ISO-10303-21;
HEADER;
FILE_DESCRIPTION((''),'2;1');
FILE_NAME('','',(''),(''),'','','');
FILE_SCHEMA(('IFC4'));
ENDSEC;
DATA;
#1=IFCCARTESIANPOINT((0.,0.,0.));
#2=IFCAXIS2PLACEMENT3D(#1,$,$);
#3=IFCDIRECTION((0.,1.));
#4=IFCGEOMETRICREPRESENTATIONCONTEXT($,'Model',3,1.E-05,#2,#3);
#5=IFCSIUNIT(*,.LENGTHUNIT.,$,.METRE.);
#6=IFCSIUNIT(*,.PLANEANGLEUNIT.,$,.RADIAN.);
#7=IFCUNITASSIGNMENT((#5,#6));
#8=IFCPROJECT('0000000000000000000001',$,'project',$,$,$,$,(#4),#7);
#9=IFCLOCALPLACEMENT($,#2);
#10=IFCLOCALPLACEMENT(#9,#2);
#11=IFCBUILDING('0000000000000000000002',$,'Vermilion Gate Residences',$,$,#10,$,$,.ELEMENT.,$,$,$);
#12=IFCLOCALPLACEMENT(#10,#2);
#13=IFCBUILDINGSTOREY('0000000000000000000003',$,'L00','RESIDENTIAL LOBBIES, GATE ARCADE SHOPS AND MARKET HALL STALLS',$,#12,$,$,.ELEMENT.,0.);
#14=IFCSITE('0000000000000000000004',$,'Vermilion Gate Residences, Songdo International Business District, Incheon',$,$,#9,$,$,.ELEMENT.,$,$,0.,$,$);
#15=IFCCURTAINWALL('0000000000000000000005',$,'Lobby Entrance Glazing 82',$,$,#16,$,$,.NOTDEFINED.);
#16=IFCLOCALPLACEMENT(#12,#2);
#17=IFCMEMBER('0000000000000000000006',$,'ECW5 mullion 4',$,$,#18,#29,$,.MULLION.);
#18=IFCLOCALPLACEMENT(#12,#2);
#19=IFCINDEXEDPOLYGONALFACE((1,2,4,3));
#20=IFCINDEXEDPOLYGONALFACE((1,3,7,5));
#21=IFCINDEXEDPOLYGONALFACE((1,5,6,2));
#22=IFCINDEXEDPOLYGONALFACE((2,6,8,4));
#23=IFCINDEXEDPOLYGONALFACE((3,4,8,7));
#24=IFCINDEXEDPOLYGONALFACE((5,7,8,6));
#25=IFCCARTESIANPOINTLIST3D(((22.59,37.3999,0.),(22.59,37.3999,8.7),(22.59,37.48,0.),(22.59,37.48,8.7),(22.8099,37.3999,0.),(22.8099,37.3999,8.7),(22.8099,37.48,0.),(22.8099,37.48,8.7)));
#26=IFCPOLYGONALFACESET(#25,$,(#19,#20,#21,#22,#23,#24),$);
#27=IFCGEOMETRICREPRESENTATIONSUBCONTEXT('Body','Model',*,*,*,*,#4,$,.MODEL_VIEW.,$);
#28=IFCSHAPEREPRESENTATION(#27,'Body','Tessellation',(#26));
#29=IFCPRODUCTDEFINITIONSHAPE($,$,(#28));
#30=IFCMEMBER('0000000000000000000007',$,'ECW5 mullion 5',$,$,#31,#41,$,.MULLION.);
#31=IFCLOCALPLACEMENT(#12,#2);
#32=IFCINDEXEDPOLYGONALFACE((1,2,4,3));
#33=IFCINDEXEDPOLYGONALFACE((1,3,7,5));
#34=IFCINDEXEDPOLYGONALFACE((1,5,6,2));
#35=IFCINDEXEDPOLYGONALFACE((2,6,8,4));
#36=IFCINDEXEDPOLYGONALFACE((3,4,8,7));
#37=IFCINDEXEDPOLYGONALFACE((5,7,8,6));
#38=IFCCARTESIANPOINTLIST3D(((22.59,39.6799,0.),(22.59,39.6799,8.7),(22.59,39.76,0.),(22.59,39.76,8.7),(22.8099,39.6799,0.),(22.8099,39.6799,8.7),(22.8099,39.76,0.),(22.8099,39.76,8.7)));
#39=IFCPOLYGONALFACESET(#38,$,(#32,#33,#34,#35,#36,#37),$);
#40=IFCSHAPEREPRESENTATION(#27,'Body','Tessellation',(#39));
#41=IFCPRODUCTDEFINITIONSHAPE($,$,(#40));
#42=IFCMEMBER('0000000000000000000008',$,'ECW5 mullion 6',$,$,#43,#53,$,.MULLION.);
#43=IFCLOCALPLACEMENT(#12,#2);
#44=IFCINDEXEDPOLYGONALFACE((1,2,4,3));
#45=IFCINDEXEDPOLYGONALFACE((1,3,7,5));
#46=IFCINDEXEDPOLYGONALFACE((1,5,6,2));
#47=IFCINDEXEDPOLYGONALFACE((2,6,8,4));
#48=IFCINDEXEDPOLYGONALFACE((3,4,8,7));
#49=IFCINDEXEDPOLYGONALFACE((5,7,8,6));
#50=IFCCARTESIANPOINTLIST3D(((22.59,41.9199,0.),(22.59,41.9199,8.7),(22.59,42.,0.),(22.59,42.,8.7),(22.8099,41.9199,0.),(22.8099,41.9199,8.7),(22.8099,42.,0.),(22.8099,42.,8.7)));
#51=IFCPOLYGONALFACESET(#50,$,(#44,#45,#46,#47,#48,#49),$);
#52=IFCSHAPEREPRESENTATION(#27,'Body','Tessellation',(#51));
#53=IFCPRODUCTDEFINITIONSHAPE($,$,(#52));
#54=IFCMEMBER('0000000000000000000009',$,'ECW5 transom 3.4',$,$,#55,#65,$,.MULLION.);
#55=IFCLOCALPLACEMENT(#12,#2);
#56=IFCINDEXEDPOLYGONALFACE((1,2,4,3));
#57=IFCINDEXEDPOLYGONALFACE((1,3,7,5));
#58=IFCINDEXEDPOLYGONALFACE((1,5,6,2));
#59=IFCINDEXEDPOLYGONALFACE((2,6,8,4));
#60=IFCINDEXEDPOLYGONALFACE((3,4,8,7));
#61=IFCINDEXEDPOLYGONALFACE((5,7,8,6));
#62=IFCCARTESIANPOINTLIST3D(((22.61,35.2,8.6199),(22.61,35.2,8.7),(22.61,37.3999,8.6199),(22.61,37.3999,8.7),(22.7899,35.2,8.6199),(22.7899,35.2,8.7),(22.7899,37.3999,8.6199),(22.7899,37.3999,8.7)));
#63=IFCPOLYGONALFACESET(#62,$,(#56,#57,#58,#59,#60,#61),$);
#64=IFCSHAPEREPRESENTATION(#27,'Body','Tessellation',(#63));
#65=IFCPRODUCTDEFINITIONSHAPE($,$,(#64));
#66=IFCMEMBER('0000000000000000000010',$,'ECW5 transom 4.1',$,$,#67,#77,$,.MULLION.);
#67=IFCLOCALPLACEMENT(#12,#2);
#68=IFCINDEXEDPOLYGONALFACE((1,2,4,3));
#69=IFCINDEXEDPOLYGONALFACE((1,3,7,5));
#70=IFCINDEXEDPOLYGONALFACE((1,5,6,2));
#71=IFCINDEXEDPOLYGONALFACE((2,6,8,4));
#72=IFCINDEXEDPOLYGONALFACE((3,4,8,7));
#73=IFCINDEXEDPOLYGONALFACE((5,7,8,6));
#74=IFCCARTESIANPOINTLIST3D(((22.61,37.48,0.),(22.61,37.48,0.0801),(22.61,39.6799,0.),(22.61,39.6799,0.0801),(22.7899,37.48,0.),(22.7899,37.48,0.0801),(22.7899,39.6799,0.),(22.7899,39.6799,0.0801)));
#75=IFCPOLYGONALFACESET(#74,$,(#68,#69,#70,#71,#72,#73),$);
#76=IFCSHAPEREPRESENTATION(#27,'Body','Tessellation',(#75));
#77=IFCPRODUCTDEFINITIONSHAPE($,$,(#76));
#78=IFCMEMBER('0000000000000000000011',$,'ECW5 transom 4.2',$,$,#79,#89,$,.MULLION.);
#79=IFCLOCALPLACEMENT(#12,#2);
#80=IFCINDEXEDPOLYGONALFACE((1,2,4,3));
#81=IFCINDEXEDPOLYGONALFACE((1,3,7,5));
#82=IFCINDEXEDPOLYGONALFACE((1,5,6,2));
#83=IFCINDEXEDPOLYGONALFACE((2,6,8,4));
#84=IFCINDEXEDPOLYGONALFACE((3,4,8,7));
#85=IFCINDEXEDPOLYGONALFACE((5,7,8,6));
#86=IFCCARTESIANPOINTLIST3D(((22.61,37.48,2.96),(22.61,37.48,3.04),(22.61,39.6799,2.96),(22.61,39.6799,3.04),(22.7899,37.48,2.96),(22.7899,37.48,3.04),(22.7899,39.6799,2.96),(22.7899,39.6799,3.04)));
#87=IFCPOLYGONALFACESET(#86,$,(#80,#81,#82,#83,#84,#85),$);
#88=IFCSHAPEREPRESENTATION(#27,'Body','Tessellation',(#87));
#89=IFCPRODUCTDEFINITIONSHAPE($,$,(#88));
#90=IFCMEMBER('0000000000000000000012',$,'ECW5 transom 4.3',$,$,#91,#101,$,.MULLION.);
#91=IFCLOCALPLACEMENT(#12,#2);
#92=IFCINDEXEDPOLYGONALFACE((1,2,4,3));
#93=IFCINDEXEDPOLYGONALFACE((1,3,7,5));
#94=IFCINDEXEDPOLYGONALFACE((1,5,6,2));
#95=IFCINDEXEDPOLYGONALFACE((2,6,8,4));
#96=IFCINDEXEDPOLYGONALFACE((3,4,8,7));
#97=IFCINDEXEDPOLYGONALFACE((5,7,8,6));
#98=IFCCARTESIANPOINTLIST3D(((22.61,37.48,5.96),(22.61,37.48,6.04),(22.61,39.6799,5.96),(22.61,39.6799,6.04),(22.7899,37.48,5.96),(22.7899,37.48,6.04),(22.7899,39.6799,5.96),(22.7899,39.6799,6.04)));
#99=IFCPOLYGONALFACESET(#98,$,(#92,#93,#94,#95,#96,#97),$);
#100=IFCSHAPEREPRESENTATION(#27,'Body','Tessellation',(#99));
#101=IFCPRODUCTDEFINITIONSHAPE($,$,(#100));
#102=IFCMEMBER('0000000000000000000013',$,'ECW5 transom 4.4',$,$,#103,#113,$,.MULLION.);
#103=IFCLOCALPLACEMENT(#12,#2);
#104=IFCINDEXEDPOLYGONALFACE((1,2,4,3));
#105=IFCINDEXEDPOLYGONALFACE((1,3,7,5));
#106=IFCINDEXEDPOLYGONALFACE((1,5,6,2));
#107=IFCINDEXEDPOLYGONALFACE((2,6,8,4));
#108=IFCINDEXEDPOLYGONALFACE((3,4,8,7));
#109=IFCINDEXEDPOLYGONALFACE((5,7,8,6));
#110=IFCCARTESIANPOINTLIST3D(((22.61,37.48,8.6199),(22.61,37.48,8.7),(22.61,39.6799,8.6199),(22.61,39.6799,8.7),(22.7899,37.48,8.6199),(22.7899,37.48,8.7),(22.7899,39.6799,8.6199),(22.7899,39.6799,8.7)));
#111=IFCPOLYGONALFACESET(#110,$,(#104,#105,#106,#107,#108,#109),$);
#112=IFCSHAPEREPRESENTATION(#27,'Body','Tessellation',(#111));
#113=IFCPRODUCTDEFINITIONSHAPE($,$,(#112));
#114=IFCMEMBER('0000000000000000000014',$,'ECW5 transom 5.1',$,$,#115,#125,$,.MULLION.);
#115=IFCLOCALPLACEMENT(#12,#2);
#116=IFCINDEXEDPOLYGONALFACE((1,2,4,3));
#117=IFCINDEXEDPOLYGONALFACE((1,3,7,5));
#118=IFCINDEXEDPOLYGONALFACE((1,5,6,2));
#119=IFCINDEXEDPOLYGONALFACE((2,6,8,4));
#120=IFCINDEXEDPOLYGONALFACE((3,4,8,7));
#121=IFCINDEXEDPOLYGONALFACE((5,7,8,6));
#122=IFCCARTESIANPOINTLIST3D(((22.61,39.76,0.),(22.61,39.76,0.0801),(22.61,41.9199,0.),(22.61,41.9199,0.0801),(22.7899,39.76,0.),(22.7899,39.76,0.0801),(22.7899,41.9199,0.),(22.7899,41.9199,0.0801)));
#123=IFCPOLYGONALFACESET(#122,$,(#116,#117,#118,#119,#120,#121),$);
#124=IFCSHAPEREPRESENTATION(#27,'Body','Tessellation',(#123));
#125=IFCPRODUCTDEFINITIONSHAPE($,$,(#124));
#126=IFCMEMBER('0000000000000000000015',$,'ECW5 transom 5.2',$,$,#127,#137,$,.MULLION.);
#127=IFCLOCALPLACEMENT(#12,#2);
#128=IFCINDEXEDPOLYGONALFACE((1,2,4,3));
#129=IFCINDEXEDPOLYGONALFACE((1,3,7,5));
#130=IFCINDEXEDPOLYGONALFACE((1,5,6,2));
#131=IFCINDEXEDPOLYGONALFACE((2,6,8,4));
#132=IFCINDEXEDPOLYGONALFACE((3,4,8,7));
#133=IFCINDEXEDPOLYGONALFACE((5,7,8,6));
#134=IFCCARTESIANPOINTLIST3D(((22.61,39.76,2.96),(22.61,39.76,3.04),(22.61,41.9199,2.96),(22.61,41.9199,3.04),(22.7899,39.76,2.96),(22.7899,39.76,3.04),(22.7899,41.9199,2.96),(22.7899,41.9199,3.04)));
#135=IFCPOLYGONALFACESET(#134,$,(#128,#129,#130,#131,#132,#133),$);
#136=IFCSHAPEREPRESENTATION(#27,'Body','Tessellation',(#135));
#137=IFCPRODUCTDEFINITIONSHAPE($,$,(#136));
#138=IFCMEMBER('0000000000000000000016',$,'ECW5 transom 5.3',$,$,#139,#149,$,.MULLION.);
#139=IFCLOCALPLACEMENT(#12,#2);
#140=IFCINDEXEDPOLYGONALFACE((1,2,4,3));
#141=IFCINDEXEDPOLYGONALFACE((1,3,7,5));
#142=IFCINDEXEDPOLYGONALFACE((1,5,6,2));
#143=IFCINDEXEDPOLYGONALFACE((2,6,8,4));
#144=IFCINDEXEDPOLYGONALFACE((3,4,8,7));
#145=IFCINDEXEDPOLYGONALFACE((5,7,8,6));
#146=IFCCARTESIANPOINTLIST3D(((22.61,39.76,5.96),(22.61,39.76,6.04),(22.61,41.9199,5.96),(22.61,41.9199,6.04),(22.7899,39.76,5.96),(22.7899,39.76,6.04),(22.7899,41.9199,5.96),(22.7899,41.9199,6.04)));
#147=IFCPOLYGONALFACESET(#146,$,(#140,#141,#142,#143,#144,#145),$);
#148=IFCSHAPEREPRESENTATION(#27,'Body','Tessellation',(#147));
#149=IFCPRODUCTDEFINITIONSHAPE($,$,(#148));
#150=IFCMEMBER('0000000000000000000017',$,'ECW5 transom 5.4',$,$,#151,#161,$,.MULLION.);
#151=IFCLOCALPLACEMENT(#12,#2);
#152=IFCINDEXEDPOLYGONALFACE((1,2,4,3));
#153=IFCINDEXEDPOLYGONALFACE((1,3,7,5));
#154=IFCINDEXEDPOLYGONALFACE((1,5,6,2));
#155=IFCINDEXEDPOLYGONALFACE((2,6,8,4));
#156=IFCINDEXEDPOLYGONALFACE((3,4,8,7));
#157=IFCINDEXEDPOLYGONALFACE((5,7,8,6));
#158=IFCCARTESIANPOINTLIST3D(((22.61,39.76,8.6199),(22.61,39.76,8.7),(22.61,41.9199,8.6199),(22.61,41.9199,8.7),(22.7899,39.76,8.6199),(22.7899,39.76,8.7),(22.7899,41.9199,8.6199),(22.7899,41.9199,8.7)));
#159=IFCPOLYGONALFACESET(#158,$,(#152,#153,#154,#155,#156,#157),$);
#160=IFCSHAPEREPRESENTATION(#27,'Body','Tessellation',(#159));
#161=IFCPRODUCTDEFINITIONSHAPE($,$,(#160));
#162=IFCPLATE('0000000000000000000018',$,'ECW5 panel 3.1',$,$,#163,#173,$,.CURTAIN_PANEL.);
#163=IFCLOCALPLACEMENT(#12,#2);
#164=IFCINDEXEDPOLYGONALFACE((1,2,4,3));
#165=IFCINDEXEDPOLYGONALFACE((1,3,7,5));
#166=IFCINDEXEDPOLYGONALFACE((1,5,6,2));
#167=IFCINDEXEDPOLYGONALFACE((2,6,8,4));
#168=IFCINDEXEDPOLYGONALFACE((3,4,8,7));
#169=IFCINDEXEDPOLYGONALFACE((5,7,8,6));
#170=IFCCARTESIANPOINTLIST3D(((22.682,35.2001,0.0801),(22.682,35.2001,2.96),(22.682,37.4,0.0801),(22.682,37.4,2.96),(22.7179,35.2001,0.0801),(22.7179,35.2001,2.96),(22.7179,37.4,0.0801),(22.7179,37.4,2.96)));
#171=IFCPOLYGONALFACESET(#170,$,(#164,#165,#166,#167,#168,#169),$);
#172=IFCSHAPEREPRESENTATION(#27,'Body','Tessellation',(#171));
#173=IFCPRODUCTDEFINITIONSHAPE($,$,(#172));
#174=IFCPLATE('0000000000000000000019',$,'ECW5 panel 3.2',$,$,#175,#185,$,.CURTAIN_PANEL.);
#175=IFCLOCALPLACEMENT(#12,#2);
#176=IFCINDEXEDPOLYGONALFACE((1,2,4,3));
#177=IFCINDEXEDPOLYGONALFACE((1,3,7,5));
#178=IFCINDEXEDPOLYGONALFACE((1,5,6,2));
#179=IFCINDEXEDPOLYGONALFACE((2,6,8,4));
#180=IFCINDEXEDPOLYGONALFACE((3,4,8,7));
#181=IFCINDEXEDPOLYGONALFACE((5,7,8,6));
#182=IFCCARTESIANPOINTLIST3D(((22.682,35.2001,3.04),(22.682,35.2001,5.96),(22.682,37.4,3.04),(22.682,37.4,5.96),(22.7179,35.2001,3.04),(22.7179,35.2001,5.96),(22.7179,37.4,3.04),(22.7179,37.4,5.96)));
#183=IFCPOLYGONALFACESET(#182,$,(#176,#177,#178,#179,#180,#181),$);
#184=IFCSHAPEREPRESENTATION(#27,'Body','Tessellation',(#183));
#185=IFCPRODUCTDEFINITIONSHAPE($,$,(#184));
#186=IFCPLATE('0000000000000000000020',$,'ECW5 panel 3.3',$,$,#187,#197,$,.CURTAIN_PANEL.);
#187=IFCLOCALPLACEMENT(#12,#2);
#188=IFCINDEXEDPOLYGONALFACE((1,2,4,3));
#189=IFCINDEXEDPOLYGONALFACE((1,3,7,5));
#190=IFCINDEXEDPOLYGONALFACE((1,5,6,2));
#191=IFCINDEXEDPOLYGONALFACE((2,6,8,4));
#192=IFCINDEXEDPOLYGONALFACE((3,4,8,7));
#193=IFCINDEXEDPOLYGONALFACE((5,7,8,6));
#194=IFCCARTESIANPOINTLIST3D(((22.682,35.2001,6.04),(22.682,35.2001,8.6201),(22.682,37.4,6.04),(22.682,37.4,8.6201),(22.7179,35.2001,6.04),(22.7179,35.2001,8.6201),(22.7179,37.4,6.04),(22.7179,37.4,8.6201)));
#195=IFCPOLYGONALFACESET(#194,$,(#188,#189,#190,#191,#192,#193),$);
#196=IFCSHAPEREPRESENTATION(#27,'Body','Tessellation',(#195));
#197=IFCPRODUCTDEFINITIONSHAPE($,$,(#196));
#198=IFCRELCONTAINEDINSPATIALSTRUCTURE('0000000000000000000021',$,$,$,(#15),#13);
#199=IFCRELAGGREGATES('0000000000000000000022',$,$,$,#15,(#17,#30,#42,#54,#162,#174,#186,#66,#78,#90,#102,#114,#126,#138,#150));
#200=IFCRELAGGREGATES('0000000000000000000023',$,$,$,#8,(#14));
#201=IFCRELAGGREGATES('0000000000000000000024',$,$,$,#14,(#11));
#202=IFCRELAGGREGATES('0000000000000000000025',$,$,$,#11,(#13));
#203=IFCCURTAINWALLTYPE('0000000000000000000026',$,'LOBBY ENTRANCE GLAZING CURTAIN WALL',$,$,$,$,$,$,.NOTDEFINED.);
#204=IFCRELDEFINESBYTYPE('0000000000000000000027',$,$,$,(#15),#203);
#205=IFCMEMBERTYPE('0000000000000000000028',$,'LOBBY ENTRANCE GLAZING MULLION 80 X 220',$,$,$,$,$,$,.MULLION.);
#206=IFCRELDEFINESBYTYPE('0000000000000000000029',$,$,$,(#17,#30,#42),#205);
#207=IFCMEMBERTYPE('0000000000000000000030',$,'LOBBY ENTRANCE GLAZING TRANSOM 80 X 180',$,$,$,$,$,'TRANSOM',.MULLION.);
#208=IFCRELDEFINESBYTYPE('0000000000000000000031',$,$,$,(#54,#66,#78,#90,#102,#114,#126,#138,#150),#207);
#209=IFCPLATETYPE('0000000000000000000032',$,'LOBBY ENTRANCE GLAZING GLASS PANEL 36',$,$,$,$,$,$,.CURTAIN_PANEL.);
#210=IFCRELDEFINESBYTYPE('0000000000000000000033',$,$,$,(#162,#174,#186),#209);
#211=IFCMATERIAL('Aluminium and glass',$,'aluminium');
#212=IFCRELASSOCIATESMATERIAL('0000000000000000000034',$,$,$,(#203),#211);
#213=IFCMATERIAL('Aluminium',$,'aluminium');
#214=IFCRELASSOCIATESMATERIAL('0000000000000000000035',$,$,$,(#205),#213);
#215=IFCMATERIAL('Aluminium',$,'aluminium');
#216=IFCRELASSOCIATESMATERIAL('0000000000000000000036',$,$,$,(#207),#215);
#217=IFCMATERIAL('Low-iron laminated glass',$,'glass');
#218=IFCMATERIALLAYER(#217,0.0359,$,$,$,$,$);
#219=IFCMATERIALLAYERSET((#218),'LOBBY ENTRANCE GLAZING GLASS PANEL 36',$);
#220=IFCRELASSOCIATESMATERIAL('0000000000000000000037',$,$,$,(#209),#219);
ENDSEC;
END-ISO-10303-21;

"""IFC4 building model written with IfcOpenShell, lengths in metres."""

from ifc_helpers import new_model, si_unit, direction, frame, origin, origin_2d, place, context, subcontext, project, spatial, rectangle, extrude, material, layer, layer_set, material_profile, profile_set, type_object, element, aggregate, save


model = new_model("IFC4")

# Units and contexts
model_context = context("Model", 3, precision=1e-05, world=origin(), true_north=direction((0.0, 1.0)))
body_context = subcontext(model_context, "Body", "Model", "MODEL_VIEW")
ifc_project = project(units=[si_unit("LENGTHUNIT", "METRE"), si_unit("PLANEANGLEUNIT", "RADIAN")], contexts=[model_context])

# Site, building, storey
site_placement = place(None, origin())
site = spatial("IfcSite", under=ifc_project, at=site_placement, Name="Vermilion Gate Residences, Songdo International Business District, Incheon", CompositionType="ELEMENT", RefElevation=0.0)
building_placement = place(site_placement, origin())
building = spatial("IfcBuilding", under=site, at=building_placement, Name="Vermilion Gate Residences", CompositionType="ELEMENT")
storey_placement = place(building_placement, origin())
storey = spatial("IfcBuildingStorey", under=building, at=storey_placement, Name="L00", Description="RESIDENTIAL LOBBIES, GATE ARCADE SHOPS AND MARKET HALL STALLS", CompositionType="ELEMENT", Elevation=0.0)

# Curtain wall, members, plates
ifc_material_1 = material(Name="Aluminium and glass", Category="aluminium")
curtain_wall_type = type_object("IfcCurtainWallType", Name="LOBBY ENTRANCE GLAZING CURTAIN WALL", PredefinedType="NOTDEFINED", material=ifc_material_1)
curtain_wall_placement = place(storey_placement, origin())
curtain_wall = element("IfcCurtainWall", 1, at=curtain_wall_placement, inside=storey, type_object=curtain_wall_type, Name="Lobby Entrance Glazing 82", PredefinedType="NOTDEFINED")
ifc_material_2 = material(Name="Aluminium", Category="aluminium")
ifc_material_profile_1 = material_profile(ifc_material_2, rectangle(XDim=0.22, YDim=0.0801, at=origin_2d()), Name="MULLION 80 X 220")
ifc_profile_set_1 = profile_set([ifc_material_profile_1], Name="Aluminium")
member_type_1 = type_object("IfcMemberType", Name="LOBBY ENTRANCE GLAZING MULLION 80 X 220", PredefinedType="MULLION", material=ifc_profile_set_1)
member_1_placement = place(storey_placement, frame((22.7, 37.4399, 0.0), z_axis=(0.0, 0.0, 1.0), x_axis=(-1.0, 0.0, 0.0)))
member_1 = element("IfcMember", 2, at=member_1_placement, type_object=member_type_1, Name="ECW5 mullion 4", PredefinedType="MULLION", context=body_context, shape_type="SweptSolid", body=[
    extrude(rectangle(XDim=0.22, YDim=0.0801, at=origin_2d()), origin(), (0.0, 0.0, 1.0), 8.7),
])
member_2_placement = place(storey_placement, frame((22.7, 39.72, 0.0), z_axis=(0.0, 0.0, 1.0), x_axis=(-1.0, 0.0, 0.0)))
member_2 = element("IfcMember", 3, at=member_2_placement, type_object=member_type_1, Name="ECW5 mullion 5", PredefinedType="MULLION", context=body_context, shape_type="SweptSolid", body=[
    extrude(rectangle(XDim=0.22, YDim=0.0801, at=origin_2d()), origin(), (0.0, 0.0, 1.0), 8.7),
])
member_3_placement = place(storey_placement, frame((22.7, 41.96, 0.0), z_axis=(0.0, 0.0, 1.0), x_axis=(-1.0, 0.0, 0.0)))
member_3 = element("IfcMember", 4, at=member_3_placement, type_object=member_type_1, Name="ECW5 mullion 6", PredefinedType="MULLION", context=body_context, shape_type="SweptSolid", body=[
    extrude(rectangle(XDim=0.22, YDim=0.0801, at=origin_2d()), origin(), (0.0, 0.0, 1.0), 8.7),
])
ifc_material_3 = material(Name="Aluminium", Category="aluminium")
ifc_material_profile_2 = material_profile(ifc_material_3, rectangle(XDim=0.1799, YDim=0.0801, at=origin_2d()), Name="TRANSOM 80 X 180")
ifc_profile_set_2 = profile_set([ifc_material_profile_2], Name="Aluminium")
member_type_2 = type_object("IfcMemberType", Name="LOBBY ENTRANCE GLAZING TRANSOM 80 X 180", ElementType="TRANSOM", PredefinedType="MULLION", material=ifc_profile_set_2)
member_4_placement = place(storey_placement, frame((22.7, 35.2, 8.6599), z_axis=(0.0, 1.0, 0.0), x_axis=(-1.0, 0.0, 0.0)))
member_4 = element("IfcMember", 5, at=member_4_placement, type_object=member_type_2, Name="ECW5 transom 3.4", PredefinedType="MULLION", context=body_context, shape_type="SweptSolid", body=[
    extrude(rectangle(XDim=0.1799, YDim=0.0801, at=origin_2d()), origin(), (0.0, 0.0, 1.0), 2.2),
])
member_5_placement = place(storey_placement, frame((22.7, 37.48, 0.04), z_axis=(0.0, 1.0, 0.0), x_axis=(-1.0, 0.0, 0.0)))
member_5 = element("IfcMember", 6, at=member_5_placement, type_object=member_type_2, Name="ECW5 transom 4.1", PredefinedType="MULLION", context=body_context, shape_type="SweptSolid", body=[
    extrude(rectangle(XDim=0.1799, YDim=0.0801, at=origin_2d()), origin(), (0.0, 0.0, 1.0), 2.2),
])
member_6_placement = place(storey_placement, frame((22.7, 37.48, 3.0), z_axis=(0.0, 1.0, 0.0), x_axis=(-1.0, 0.0, 0.0)))
member_6 = element("IfcMember", 7, at=member_6_placement, type_object=member_type_2, Name="ECW5 transom 4.2", PredefinedType="MULLION", context=body_context, shape_type="SweptSolid", body=[
    extrude(rectangle(XDim=0.1799, YDim=0.0801, at=origin_2d()), origin(), (0.0, 0.0, 1.0), 2.2),
])
member_7_placement = place(storey_placement, frame((22.7, 37.48, 6.0), z_axis=(0.0, 1.0, 0.0), x_axis=(-1.0, 0.0, 0.0)))
member_7 = element("IfcMember", 8, at=member_7_placement, type_object=member_type_2, Name="ECW5 transom 4.3", PredefinedType="MULLION", context=body_context, shape_type="SweptSolid", body=[
    extrude(rectangle(XDim=0.1799, YDim=0.0801, at=origin_2d()), origin(), (0.0, 0.0, 1.0), 2.2),
])
member_8_placement = place(storey_placement, frame((22.7, 37.48, 8.6599), z_axis=(0.0, 1.0, 0.0), x_axis=(-1.0, 0.0, 0.0)))
member_8 = element("IfcMember", 9, at=member_8_placement, type_object=member_type_2, Name="ECW5 transom 4.4", PredefinedType="MULLION", context=body_context, shape_type="SweptSolid", body=[
    extrude(rectangle(XDim=0.1799, YDim=0.0801, at=origin_2d()), origin(), (0.0, 0.0, 1.0), 2.2),
])
member_9_placement = place(storey_placement, frame((22.7, 39.76, 0.04), z_axis=(0.0, 1.0, 0.0), x_axis=(-1.0, 0.0, 0.0)))
member_9 = element("IfcMember", 10, at=member_9_placement, type_object=member_type_2, Name="ECW5 transom 5.1", PredefinedType="MULLION", context=body_context, shape_type="SweptSolid", body=[
    extrude(rectangle(XDim=0.1799, YDim=0.0801, at=origin_2d()), origin(), (0.0, 0.0, 1.0), 2.1599),
])
member_10_placement = place(storey_placement, frame((22.7, 39.76, 3.0), z_axis=(0.0, 1.0, 0.0), x_axis=(-1.0, 0.0, 0.0)))
member_10 = element("IfcMember", 11, at=member_10_placement, type_object=member_type_2, Name="ECW5 transom 5.2", PredefinedType="MULLION", context=body_context, shape_type="SweptSolid", body=[
    extrude(rectangle(XDim=0.1799, YDim=0.0801, at=origin_2d()), origin(), (0.0, 0.0, 1.0), 2.1599),
])
member_11_placement = place(storey_placement, frame((22.7, 39.76, 6.0), z_axis=(0.0, 1.0, 0.0), x_axis=(-1.0, 0.0, 0.0)))
member_11 = element("IfcMember", 12, at=member_11_placement, type_object=member_type_2, Name="ECW5 transom 5.3", PredefinedType="MULLION", context=body_context, shape_type="SweptSolid", body=[
    extrude(rectangle(XDim=0.1799, YDim=0.0801, at=origin_2d()), origin(), (0.0, 0.0, 1.0), 2.1599),
])
member_12_placement = place(storey_placement, frame((22.7, 39.76, 8.6599), z_axis=(0.0, 1.0, 0.0), x_axis=(-1.0, 0.0, 0.0)))
member_12 = element("IfcMember", 13, at=member_12_placement, type_object=member_type_2, Name="ECW5 transom 5.4", PredefinedType="MULLION", context=body_context, shape_type="SweptSolid", body=[
    extrude(rectangle(XDim=0.1799, YDim=0.0801, at=origin_2d()), origin(), (0.0, 0.0, 1.0), 2.1599),
])
ifc_material_4 = material(Name="Low-iron laminated glass", Category="glass")
ifc_layer = layer(ifc_material_4, 0.0359)
ifc_layer_set = layer_set([ifc_layer], Name="LOBBY ENTRANCE GLAZING GLASS PANEL 36")
plate_type = type_object("IfcPlateType", Name="LOBBY ENTRANCE GLAZING GLASS PANEL 36", PredefinedType="CURTAIN_PANEL", material=ifc_layer_set)
plate_1_placement = place(storey_placement, frame((22.7, 36.3, 0.0801), z_axis=(0.0, 0.0, 1.0), x_axis=(0.0, 1.0, 0.0)))
plate_1 = element("IfcPlate", 14, at=plate_1_placement, type_object=plate_type, Name="ECW5 panel 3.1", PredefinedType="CURTAIN_PANEL", context=body_context, shape_type="SweptSolid", body=[
    extrude(rectangle(XDim=2.2, YDim=0.0359, at=origin_2d()), origin(), (0.0, 0.0, 1.0), 2.8799),
])
plate_2_placement = place(storey_placement, frame((22.7, 36.3, 3.04), z_axis=(0.0, 0.0, 1.0), x_axis=(0.0, 1.0, 0.0)))
plate_2 = element("IfcPlate", 15, at=plate_2_placement, type_object=plate_type, Name="ECW5 panel 3.2", PredefinedType="CURTAIN_PANEL", context=body_context, shape_type="SweptSolid", body=[
    extrude(rectangle(XDim=2.2, YDim=0.0359, at=origin_2d()), origin(), (0.0, 0.0, 1.0), 2.9199),
])
plate_3_placement = place(storey_placement, frame((22.7, 36.3, 6.04), z_axis=(0.0, 0.0, 1.0), x_axis=(0.0, 1.0, 0.0)))
plate_3 = element("IfcPlate", 16, at=plate_3_placement, type_object=plate_type, Name="ECW5 panel 3.3", PredefinedType="CURTAIN_PANEL", context=body_context, shape_type="SweptSolid", body=[
    extrude(rectangle(XDim=2.2, YDim=0.0359, at=origin_2d()), origin(), (0.0, 0.0, 1.0), 2.5801),
])
aggregate(curtain_wall, [member_1, member_2, member_3, member_4, plate_1, plate_2, plate_3, member_5, member_6, member_7, member_8, member_9, member_10, member_11, member_12])

save(model, "model.ifc")
